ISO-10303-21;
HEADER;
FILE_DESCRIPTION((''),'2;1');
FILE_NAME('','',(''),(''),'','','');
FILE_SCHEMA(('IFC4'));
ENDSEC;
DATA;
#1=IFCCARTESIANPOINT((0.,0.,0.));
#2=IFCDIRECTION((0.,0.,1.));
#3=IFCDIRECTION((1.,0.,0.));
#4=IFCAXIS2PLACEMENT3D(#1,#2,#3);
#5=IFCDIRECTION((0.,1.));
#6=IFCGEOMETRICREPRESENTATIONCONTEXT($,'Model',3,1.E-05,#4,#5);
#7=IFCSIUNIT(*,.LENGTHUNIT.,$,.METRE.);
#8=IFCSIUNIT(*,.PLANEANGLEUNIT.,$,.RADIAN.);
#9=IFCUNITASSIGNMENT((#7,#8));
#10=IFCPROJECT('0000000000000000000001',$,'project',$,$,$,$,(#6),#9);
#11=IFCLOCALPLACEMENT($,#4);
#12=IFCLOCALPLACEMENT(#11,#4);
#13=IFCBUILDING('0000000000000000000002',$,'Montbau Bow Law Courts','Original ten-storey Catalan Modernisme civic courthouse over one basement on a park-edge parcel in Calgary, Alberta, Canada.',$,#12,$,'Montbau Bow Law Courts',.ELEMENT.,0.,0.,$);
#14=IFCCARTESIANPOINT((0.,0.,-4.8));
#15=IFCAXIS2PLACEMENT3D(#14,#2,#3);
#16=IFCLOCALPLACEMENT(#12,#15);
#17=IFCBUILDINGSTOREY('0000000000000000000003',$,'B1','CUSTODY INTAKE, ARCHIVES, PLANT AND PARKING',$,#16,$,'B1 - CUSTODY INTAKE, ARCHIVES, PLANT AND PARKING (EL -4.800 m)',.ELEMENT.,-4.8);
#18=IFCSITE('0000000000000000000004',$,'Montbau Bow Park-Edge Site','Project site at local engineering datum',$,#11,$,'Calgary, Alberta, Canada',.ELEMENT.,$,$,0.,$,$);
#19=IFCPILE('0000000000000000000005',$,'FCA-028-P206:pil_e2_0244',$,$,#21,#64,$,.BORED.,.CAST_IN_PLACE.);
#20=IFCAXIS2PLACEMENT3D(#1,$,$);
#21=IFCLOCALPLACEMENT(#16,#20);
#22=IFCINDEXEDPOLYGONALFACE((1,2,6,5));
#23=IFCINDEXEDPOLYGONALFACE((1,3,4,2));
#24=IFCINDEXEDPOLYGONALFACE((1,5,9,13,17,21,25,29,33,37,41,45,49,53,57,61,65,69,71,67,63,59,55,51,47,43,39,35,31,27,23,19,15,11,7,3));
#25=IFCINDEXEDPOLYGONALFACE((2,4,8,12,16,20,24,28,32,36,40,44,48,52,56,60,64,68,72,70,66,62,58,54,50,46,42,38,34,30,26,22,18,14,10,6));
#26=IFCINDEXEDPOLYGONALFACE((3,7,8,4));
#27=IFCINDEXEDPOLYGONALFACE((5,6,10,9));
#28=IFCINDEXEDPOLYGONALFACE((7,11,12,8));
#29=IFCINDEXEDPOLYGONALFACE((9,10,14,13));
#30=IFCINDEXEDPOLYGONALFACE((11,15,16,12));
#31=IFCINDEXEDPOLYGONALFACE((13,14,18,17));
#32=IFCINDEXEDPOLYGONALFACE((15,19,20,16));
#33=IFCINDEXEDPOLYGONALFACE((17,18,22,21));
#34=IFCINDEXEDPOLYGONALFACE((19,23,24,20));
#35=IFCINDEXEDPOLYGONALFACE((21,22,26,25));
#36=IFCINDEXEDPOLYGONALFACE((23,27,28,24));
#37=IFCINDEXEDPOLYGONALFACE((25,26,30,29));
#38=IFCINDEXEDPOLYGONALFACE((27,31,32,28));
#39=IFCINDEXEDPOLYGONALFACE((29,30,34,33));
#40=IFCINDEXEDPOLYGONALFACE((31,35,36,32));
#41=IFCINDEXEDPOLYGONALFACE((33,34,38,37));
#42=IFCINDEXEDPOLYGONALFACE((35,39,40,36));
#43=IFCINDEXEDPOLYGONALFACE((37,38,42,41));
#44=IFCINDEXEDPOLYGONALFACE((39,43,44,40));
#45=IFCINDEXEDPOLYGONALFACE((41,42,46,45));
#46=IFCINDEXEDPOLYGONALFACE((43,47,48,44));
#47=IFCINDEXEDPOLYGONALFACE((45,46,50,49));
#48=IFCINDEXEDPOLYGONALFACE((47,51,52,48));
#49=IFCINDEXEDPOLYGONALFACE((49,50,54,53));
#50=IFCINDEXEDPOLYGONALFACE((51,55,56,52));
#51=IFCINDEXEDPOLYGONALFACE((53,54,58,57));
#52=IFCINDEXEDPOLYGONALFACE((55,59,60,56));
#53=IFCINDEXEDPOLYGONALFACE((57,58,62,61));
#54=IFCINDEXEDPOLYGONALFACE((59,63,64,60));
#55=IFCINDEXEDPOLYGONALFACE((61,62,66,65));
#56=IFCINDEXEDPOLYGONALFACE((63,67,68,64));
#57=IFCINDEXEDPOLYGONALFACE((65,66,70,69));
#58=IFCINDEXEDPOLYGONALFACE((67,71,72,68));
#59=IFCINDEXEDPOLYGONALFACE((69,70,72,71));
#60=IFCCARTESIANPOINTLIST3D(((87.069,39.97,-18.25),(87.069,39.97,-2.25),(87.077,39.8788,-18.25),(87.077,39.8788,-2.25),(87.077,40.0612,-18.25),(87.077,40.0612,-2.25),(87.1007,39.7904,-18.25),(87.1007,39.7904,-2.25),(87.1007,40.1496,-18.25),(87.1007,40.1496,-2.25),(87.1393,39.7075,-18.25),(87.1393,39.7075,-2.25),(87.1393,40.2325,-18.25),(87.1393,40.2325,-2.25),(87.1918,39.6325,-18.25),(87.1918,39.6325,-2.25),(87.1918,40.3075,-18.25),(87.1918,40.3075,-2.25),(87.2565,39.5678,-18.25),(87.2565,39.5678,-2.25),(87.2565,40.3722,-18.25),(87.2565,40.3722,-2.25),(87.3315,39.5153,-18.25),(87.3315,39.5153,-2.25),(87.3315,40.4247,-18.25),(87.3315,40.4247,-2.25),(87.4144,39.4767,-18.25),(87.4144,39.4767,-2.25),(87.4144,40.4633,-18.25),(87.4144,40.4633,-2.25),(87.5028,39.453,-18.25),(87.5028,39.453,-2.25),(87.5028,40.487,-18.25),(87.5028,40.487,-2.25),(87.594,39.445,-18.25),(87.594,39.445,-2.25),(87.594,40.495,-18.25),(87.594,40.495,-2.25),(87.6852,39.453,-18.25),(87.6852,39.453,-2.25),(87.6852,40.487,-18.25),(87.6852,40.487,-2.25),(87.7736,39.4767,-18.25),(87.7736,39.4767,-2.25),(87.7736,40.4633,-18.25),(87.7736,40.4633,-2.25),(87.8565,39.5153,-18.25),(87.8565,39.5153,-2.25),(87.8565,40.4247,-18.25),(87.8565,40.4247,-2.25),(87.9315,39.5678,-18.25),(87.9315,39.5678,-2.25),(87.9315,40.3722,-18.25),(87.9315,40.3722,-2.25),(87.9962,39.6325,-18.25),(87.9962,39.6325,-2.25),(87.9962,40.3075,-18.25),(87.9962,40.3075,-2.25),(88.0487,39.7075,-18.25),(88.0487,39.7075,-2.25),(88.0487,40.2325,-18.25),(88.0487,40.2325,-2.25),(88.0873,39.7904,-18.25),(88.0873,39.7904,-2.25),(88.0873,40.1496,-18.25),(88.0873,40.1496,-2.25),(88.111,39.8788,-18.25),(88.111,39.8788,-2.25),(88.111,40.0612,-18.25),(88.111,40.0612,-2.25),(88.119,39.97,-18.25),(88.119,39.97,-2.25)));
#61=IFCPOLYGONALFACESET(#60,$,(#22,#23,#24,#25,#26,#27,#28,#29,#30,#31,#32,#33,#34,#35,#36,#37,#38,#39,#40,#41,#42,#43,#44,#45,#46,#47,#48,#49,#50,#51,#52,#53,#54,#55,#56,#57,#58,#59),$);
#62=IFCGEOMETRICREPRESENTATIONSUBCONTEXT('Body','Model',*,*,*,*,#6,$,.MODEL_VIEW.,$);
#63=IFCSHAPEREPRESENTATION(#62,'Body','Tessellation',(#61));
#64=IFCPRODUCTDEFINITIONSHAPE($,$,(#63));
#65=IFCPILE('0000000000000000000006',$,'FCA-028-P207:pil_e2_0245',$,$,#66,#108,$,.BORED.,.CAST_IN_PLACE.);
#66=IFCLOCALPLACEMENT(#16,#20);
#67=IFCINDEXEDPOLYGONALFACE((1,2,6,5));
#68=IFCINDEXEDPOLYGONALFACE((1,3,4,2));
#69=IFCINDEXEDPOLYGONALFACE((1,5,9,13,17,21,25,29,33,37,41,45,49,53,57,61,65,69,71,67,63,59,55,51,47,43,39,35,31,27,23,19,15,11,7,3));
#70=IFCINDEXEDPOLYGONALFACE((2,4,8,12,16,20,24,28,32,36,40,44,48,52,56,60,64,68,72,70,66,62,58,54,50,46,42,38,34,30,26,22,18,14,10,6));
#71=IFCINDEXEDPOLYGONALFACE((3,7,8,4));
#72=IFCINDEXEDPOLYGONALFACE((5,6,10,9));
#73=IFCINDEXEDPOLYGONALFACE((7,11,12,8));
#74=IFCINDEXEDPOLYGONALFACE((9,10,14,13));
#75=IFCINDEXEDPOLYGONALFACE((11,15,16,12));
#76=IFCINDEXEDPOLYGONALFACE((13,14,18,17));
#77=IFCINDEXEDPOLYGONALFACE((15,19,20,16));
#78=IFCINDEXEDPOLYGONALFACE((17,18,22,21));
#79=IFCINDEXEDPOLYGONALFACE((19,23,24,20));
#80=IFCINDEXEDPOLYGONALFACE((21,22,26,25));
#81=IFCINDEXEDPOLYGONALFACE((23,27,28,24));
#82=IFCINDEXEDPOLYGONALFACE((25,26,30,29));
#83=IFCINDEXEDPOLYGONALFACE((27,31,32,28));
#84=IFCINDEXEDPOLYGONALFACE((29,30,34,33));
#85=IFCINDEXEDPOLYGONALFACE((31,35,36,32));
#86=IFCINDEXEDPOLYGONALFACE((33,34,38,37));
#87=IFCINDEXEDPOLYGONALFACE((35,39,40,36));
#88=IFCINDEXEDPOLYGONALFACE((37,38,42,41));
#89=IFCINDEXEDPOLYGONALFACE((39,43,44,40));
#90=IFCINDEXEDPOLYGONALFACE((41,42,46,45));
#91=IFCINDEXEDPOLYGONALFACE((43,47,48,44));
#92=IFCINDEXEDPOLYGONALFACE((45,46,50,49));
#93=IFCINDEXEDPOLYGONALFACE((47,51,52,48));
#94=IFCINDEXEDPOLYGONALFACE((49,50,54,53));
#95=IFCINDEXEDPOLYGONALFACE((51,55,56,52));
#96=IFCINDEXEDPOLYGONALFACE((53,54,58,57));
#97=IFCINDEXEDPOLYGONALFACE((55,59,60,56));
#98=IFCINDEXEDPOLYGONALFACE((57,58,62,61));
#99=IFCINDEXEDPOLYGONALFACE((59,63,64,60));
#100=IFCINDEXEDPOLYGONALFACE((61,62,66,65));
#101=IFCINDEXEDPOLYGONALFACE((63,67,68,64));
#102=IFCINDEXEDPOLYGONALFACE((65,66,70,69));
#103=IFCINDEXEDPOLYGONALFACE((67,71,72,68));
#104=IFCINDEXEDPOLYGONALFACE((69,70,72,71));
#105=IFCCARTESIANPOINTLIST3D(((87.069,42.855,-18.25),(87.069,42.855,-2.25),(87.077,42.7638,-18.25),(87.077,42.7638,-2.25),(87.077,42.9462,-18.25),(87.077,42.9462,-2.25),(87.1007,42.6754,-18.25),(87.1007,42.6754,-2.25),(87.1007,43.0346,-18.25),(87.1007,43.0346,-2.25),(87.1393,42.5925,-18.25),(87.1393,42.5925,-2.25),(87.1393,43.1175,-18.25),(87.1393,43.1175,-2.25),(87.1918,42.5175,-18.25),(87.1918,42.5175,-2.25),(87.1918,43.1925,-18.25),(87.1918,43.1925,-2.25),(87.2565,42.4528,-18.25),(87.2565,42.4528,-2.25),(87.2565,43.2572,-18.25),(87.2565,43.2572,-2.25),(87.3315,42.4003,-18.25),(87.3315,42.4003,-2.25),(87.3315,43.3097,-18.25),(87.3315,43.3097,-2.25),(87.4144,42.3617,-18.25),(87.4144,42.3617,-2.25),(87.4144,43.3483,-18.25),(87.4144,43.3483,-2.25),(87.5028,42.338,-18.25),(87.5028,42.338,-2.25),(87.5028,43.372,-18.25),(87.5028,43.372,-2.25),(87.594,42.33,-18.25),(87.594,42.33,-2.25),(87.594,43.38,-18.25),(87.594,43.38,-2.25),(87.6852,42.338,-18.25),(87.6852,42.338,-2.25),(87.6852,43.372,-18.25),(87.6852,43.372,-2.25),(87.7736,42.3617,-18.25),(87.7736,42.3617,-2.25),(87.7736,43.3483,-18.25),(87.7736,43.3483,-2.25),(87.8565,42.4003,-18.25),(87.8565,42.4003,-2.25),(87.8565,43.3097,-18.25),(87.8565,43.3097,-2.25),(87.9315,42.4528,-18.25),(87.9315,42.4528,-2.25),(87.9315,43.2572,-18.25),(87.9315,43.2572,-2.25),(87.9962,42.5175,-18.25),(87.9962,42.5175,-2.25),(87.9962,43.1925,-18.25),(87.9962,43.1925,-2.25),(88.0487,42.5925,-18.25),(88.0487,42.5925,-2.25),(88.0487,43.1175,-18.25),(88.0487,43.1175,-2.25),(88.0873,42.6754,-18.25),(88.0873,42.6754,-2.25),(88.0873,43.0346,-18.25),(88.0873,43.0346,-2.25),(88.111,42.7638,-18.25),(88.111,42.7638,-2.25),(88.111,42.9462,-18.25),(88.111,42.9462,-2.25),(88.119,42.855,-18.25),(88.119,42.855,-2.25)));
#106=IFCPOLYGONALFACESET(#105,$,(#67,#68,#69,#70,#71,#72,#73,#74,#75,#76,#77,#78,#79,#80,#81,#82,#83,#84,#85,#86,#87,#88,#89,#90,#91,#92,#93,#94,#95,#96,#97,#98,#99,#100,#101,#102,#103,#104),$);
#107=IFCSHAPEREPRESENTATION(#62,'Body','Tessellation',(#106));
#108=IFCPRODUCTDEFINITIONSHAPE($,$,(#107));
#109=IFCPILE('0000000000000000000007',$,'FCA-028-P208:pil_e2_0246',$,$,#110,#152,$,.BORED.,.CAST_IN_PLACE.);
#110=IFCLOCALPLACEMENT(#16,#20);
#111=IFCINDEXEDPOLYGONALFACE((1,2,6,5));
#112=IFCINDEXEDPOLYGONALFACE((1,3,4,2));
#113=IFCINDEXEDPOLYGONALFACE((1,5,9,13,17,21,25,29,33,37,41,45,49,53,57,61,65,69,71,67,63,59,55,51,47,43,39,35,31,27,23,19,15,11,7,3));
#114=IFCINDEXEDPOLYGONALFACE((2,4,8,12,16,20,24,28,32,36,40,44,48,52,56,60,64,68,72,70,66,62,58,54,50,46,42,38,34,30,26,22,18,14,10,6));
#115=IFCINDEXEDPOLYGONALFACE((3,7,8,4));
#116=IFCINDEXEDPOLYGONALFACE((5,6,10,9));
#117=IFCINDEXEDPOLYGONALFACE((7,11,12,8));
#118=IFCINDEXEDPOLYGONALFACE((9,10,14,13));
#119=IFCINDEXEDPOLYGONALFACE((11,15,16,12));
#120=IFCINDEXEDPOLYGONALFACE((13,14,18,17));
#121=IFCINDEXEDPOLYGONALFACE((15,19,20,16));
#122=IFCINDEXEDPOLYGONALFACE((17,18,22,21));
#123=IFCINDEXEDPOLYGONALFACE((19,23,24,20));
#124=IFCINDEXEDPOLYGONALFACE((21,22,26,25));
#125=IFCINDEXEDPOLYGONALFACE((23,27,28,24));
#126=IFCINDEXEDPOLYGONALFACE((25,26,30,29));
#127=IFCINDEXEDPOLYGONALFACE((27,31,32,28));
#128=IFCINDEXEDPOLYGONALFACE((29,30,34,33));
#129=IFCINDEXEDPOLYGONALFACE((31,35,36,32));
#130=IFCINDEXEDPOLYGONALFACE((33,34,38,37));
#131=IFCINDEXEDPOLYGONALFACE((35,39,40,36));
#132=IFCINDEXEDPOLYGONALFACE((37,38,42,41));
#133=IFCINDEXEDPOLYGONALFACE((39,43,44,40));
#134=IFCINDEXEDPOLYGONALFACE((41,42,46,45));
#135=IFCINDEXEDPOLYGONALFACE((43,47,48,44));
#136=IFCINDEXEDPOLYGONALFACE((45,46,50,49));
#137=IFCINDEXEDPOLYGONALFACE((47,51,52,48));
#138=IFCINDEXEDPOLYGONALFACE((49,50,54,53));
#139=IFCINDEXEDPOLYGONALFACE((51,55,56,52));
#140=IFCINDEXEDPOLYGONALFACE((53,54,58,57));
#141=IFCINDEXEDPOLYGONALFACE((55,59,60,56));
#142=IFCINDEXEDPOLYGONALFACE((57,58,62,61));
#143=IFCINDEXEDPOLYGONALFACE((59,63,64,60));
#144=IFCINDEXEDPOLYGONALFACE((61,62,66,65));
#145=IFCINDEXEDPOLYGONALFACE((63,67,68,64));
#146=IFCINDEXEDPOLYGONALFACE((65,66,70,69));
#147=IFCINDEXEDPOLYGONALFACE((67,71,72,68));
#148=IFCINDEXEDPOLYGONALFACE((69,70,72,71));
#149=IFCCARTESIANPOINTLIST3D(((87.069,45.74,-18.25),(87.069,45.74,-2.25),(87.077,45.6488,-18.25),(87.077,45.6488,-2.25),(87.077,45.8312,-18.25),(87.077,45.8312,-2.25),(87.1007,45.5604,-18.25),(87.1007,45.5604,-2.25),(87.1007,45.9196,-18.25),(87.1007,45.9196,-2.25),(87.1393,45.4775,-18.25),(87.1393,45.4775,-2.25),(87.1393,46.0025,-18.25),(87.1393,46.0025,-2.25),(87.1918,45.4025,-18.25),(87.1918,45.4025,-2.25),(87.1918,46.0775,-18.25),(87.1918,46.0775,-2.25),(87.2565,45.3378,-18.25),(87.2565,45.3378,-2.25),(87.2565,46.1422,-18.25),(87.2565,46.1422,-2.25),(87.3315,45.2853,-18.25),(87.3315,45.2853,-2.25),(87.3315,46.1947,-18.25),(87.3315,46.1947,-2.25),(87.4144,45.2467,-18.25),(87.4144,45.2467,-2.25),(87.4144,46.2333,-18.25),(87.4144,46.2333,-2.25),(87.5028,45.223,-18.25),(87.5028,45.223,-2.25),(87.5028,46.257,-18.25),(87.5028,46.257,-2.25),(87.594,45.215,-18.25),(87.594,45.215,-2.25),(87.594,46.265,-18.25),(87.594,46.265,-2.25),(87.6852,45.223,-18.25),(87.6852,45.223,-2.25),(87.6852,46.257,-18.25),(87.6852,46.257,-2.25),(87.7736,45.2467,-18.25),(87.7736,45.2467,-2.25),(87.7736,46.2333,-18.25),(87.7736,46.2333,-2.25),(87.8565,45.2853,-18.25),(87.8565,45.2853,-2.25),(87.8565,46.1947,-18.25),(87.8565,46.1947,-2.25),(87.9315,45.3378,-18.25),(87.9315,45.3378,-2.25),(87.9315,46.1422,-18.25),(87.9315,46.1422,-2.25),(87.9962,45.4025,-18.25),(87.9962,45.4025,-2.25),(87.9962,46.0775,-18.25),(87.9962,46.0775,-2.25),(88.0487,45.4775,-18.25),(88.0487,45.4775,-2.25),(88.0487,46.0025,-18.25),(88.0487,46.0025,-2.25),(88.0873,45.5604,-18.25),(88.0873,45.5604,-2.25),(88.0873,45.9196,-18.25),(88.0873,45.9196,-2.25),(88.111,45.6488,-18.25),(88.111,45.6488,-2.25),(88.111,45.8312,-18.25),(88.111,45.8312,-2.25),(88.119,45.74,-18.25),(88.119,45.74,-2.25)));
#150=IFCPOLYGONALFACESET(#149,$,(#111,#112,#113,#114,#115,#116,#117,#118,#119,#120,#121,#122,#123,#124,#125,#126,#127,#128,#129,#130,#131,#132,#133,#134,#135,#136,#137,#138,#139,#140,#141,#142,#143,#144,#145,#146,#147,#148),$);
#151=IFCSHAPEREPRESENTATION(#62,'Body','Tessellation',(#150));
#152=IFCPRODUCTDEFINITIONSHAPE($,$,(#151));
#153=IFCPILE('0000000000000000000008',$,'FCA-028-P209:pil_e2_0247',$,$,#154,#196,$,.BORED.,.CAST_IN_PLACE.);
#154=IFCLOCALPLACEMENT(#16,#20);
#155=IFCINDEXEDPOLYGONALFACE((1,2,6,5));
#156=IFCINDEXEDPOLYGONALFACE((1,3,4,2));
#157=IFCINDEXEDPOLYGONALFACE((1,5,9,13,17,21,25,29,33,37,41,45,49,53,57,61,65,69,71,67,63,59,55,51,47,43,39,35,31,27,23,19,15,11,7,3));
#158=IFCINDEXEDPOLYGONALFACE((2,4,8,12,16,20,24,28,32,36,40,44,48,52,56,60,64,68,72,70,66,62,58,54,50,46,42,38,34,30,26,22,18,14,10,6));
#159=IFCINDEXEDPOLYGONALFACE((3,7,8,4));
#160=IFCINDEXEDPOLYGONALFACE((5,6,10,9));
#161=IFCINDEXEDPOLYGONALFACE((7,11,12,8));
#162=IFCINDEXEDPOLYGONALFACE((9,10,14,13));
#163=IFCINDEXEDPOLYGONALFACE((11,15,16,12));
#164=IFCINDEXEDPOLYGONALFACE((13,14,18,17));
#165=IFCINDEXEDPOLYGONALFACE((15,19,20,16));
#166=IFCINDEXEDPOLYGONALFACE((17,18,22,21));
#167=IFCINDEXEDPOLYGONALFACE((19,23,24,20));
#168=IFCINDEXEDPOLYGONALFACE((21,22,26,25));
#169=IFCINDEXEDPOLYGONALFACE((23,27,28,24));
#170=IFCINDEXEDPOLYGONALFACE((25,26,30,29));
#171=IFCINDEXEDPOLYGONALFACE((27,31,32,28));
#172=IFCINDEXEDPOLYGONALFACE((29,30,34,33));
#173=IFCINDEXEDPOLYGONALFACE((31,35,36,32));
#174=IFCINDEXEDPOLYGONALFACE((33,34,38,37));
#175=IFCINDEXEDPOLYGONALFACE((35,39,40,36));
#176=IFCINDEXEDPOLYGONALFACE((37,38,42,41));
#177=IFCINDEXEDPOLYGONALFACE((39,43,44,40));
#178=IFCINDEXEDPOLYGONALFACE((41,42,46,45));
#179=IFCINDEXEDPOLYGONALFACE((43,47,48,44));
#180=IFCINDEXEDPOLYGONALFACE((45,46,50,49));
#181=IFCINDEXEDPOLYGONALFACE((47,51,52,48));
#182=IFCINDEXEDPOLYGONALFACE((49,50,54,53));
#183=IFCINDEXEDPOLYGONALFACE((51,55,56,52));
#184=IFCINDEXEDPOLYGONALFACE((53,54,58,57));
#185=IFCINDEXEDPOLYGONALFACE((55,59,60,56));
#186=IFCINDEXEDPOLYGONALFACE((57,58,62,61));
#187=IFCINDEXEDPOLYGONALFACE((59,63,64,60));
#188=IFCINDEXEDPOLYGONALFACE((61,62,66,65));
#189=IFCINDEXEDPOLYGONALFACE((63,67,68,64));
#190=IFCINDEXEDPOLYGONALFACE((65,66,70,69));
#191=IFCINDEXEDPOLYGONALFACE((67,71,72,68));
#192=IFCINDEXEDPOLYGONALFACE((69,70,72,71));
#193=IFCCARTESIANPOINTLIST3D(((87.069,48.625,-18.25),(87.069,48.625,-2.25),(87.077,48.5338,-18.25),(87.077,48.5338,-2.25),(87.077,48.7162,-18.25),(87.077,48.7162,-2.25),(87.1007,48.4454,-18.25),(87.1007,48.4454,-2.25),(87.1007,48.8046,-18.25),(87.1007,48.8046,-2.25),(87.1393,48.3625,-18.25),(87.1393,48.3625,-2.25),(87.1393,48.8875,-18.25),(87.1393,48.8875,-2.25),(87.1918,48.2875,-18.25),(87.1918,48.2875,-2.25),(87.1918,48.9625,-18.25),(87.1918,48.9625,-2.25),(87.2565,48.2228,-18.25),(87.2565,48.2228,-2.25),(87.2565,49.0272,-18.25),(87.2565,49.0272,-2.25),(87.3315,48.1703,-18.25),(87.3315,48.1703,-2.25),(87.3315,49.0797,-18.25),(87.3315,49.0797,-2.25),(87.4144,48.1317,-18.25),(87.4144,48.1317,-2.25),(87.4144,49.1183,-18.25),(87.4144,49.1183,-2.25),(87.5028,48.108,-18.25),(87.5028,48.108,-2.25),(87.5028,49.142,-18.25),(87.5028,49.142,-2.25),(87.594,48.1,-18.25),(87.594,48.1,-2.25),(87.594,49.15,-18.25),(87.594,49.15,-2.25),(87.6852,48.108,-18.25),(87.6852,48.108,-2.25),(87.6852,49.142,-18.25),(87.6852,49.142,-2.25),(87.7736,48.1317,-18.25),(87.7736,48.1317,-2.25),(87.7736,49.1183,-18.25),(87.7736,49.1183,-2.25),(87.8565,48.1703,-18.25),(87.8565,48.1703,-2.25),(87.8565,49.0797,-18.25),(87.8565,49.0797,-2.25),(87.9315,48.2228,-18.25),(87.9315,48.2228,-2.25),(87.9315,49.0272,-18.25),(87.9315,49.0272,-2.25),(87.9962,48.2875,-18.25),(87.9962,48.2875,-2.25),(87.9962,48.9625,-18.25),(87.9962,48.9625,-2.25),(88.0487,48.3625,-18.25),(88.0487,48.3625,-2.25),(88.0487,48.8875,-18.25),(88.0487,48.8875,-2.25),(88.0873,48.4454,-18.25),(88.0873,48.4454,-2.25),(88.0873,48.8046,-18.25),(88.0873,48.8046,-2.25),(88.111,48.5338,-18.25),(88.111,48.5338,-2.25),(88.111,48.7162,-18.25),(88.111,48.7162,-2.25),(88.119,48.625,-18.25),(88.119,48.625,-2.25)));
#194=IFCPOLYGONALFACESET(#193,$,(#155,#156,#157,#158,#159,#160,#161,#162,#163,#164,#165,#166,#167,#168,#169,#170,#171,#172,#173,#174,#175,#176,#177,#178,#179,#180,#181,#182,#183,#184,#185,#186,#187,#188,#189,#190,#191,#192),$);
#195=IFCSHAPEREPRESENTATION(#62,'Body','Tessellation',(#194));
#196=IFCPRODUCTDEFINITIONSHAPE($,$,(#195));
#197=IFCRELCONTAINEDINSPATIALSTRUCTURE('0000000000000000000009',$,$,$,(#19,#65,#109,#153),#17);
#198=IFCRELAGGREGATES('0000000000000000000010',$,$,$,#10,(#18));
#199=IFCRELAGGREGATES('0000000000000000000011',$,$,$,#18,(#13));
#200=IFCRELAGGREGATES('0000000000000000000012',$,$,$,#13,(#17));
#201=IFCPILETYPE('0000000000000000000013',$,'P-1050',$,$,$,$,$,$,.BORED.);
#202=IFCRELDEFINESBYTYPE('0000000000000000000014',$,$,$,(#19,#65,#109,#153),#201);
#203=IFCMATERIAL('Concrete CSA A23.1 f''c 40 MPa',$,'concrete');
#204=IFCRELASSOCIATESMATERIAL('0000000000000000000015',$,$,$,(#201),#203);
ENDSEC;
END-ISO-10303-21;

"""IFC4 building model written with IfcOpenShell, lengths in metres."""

from ifc_helpers import new_model, si_unit, direction, frame, origin_with_axes, origin_2d_with_axis, place, context, subcontext, project, spatial, circle, extrude, material, material_profile, profile_set, type_object, element, save


model = new_model("IFC4")

# Units and contexts
model_context = context("Model", 3, precision=1e-05, world=origin_with_axes(), true_north=direction((0.0, 1.0)))
body_context = subcontext(model_context, "Body", "Model", "MODEL_VIEW")
ifc_project = project(units=[si_unit("LENGTHUNIT", "METRE"), si_unit("PLANEANGLEUNIT", "RADIAN")], contexts=[model_context])

# Site, building, storey
site_placement = place(None, origin_with_axes())
site = spatial("IfcSite", under=ifc_project, at=site_placement, Name="Montbau Bow Park-Edge Site", Description="Project site at local engineering datum", LongName="Calgary, Alberta, Canada", CompositionType="ELEMENT", RefElevation=0.0)
building_placement = place(site_placement, origin_with_axes())
building = spatial("IfcBuilding", under=site, at=building_placement, Name="Montbau Bow Law Courts", Description="Original ten-storey Catalan Modernisme civic courthouse over one basement on a park-edge parcel in Calgary, Alberta, Canada.", LongName="Montbau Bow Law Courts", CompositionType="ELEMENT", ElevationOfRefHeight=0.0, ElevationOfTerrain=0.0)
storey_placement = place(building_placement, frame((0.0, 0.0, -4.8), z_axis=(0.0, 0.0, 1.0), x_axis=(1.0, 0.0, 0.0)))
storey = spatial("IfcBuildingStorey", under=building, at=storey_placement, Name="B1", Description="CUSTODY INTAKE, ARCHIVES, PLANT AND PARKING", LongName="B1 - CUSTODY INTAKE, ARCHIVES, PLANT AND PARKING (EL -4.800 m)", CompositionType="ELEMENT", Elevation=-4.8)

# Piles
ifc_material_1 = material(Name="Concrete CSA A23.1 f'c 40 MPa", Category="concrete")
ifc_material_profile_1 = material_profile(ifc_material_1, circle(Radius=0.525, at=origin_2d_with_axis()), Name="BP1050", Category="Main", Priority=0)
ifc_profile_set_1 = profile_set([ifc_material_profile_1], Name="Concrete CSA A23.1 f'c 40 MPa")
pile_type = type_object("IfcPileType", Name="P-1050", PredefinedType="BORED", material=ifc_profile_set_1)
for number, where, z_axis, x_axis, name in (
    (1, (87.594, 39.97, -23.05), (0.0, 0.0, 1.0), (1.0, 0.0, 0.0), "FCA-028-P206:pil_e2_0244"),
    (2, (87.594, 42.855, -23.05), (0.0, 0.0, 1.0), (1.0, 0.0, 0.0), "FCA-028-P207:pil_e2_0245"),
    (3, (87.594, 45.74, -23.05), (0.0, 0.0, 1.0), (1.0, 0.0, 0.0), "FCA-028-P208:pil_e2_0246"),
    (4, (87.594, 48.625, -23.05), (0.0, 0.0, 1.0), (1.0, 0.0, 0.0), "FCA-028-P209:pil_e2_0247"),
):
    element("IfcPile", number, at=place(None, frame(where, z_axis=z_axis, x_axis=x_axis)), inside=storey, type_object=pile_type, Name=name, ConstructionType="CAST_IN_PLACE", PredefinedType="BORED", context=body_context, shape_type="SweptSolid", body=[
        extrude(circle(Radius=0.525, at=origin_2d_with_axis()), origin_with_axes(), (0.0, 0.0, 1.0), 16.0),
    ])

save(model, "model.ifc")
